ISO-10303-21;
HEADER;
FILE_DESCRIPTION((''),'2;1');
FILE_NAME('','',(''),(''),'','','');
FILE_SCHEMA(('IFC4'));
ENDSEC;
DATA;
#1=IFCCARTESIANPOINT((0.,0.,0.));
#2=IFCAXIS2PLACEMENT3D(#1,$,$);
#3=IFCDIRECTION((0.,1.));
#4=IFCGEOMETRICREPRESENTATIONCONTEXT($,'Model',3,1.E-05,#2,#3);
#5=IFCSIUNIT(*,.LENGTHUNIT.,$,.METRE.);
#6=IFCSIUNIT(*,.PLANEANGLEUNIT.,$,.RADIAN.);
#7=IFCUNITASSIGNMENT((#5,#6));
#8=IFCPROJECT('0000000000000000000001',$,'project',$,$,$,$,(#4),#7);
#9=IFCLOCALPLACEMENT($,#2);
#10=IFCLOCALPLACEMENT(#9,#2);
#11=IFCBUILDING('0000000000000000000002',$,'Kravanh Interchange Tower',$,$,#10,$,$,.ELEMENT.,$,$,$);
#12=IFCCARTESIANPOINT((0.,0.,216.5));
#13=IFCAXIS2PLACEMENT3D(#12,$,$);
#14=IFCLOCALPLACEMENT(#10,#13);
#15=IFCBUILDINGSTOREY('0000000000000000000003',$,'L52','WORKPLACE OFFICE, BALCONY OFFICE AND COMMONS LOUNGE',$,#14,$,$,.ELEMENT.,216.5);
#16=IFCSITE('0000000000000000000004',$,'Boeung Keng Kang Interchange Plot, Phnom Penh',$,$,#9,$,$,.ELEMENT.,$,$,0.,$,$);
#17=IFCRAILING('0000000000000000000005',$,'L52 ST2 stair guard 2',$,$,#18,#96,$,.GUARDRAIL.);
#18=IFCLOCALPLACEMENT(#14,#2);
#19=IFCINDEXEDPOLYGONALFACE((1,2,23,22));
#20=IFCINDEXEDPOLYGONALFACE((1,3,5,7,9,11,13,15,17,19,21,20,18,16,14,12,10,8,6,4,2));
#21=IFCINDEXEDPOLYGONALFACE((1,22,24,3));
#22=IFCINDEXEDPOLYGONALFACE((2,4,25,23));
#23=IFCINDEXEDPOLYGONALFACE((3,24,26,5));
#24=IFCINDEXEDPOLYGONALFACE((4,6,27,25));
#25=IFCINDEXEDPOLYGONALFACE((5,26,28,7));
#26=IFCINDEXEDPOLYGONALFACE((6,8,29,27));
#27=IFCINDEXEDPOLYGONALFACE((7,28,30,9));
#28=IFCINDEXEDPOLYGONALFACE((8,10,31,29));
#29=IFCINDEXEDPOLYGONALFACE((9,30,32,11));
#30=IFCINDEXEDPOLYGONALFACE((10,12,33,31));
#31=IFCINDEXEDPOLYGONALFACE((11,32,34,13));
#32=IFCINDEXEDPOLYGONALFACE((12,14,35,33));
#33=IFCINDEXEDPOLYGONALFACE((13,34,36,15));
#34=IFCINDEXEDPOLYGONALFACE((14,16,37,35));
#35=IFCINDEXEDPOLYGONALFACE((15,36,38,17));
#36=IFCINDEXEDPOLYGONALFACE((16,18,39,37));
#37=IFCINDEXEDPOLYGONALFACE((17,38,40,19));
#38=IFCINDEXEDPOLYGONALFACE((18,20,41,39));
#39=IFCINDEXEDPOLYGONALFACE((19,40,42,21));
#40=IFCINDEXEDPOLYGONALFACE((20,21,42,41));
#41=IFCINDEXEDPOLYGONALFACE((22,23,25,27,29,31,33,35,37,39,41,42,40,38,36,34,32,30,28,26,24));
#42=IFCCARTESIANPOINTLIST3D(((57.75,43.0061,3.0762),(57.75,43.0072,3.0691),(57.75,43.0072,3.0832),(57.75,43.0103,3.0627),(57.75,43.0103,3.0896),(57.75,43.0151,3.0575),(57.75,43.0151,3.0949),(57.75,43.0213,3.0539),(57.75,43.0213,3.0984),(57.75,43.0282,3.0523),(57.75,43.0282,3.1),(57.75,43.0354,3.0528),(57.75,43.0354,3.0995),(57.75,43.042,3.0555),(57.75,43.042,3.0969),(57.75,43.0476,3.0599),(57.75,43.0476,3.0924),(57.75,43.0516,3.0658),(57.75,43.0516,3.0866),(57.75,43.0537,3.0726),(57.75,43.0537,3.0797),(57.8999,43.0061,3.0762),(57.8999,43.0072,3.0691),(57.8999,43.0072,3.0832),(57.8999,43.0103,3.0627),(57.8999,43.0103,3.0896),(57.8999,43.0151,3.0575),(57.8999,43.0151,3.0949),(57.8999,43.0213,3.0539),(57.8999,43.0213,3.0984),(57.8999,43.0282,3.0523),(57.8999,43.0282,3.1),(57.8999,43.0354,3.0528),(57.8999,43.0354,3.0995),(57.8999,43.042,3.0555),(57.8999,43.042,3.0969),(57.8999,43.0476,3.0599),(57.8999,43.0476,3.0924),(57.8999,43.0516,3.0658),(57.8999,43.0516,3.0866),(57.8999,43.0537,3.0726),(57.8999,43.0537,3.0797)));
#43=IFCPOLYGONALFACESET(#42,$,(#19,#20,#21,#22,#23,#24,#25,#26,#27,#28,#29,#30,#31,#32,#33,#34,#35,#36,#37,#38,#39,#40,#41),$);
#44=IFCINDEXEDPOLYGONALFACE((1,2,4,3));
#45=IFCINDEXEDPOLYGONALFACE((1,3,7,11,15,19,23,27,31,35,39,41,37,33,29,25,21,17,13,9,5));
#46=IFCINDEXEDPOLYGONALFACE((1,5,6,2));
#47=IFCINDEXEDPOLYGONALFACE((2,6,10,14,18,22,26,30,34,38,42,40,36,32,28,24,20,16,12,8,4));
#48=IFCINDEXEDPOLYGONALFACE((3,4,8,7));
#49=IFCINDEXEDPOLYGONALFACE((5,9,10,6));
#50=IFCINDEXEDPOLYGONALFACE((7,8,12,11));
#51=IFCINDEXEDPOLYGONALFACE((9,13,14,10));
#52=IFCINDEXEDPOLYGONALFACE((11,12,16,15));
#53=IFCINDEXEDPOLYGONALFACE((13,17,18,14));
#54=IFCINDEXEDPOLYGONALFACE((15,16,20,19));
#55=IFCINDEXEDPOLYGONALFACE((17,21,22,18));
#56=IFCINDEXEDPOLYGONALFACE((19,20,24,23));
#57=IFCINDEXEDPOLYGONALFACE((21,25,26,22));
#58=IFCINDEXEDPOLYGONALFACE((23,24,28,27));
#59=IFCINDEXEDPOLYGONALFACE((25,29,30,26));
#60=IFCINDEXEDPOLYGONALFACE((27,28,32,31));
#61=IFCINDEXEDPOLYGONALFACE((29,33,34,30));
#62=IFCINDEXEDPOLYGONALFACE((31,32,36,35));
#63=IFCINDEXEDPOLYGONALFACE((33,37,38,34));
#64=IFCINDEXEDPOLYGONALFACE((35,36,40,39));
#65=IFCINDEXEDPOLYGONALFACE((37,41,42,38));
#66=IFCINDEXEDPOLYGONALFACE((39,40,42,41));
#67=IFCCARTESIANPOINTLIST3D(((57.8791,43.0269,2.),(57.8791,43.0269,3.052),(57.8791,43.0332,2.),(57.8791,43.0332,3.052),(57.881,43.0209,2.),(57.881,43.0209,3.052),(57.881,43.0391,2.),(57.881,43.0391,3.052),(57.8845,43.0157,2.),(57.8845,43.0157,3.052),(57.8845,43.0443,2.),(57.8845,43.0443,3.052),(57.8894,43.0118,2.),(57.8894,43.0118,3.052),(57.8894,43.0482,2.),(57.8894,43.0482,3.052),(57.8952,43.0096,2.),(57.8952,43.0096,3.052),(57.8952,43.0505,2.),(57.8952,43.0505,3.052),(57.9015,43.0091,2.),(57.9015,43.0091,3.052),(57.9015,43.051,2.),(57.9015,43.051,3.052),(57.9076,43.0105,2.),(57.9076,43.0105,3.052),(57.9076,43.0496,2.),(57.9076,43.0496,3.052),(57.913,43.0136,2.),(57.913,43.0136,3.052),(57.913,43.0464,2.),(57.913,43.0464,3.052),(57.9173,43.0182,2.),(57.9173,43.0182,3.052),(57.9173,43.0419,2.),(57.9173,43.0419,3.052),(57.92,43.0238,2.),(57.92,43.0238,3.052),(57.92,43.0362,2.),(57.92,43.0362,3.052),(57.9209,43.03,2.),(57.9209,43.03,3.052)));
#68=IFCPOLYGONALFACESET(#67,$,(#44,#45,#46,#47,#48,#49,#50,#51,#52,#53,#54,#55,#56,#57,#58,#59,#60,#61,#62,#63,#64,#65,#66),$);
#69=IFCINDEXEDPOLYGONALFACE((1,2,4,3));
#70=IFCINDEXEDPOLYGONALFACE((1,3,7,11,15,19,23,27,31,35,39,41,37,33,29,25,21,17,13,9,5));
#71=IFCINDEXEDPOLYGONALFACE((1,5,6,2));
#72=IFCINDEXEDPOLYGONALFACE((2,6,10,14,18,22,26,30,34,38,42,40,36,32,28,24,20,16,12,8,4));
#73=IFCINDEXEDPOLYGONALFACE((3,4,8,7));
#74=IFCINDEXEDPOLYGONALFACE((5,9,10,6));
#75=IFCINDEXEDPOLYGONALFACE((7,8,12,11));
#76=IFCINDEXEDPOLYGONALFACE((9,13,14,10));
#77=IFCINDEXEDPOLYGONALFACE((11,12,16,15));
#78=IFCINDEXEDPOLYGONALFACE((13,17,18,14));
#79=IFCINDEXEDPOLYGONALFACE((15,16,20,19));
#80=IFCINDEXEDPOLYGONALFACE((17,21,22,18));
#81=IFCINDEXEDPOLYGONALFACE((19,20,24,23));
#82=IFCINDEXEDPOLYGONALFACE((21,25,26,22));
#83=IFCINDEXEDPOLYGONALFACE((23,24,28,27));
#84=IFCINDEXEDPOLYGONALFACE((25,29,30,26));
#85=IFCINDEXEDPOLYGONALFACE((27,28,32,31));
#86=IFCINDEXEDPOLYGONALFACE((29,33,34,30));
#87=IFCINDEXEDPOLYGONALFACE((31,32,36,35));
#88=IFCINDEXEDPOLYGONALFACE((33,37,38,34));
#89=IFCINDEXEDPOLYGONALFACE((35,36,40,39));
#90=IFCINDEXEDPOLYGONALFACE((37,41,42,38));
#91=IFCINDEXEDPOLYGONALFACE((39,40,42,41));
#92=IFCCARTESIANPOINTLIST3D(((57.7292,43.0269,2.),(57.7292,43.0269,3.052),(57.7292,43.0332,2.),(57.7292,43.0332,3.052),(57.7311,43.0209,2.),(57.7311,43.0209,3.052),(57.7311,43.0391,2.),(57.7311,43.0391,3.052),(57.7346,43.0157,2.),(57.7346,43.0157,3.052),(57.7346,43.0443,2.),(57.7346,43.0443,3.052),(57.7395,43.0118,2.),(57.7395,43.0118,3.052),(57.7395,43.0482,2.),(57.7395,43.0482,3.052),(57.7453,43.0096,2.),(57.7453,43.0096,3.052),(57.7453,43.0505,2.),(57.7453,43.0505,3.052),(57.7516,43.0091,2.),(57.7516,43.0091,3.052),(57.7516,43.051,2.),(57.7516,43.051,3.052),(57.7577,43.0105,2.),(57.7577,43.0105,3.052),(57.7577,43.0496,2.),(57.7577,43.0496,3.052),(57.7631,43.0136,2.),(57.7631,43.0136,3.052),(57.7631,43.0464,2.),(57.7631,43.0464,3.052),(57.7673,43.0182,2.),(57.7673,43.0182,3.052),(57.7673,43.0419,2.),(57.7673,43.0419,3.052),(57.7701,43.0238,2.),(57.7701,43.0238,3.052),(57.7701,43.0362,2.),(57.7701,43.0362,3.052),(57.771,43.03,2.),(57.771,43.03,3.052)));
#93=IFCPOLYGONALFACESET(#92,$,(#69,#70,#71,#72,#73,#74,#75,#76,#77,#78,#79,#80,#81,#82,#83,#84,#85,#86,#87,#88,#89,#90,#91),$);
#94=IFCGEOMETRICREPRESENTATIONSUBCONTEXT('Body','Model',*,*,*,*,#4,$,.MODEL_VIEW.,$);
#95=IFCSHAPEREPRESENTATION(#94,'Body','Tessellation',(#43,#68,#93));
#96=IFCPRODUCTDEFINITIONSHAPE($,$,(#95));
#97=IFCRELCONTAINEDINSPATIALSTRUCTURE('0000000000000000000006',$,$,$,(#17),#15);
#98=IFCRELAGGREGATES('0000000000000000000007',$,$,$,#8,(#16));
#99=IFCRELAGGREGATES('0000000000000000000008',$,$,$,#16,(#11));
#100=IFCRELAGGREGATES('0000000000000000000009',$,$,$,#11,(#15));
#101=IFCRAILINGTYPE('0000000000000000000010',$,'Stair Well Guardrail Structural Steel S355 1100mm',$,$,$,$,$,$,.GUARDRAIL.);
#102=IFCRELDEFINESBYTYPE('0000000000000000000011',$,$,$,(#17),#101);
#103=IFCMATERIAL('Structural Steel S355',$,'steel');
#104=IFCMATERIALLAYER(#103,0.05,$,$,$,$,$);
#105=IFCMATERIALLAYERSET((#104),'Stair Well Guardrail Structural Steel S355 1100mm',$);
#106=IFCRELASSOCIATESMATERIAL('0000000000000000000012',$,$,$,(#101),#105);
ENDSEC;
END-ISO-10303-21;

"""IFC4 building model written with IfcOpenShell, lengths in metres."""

from ifc_helpers import new_model, si_unit, direction, frame, origin, origin_2d, place, context, subcontext, project, spatial, circle, extrude, material, layer, layer_set, type_object, element, save


model = new_model("IFC4")

# Units and contexts
model_context = context("Model", 3, precision=1e-05, world=origin(), true_north=direction((0.0, 1.0)))
body_context = subcontext(model_context, "Body", "Model", "MODEL_VIEW")
ifc_project = project(units=[si_unit("LENGTHUNIT", "METRE"), si_unit("PLANEANGLEUNIT", "RADIAN")], contexts=[model_context])

# Site, building, storey
site_placement = place(None, origin())
site = spatial("IfcSite", under=ifc_project, at=site_placement, Name="Boeung Keng Kang Interchange Plot, Phnom Penh", CompositionType="ELEMENT", RefElevation=0.0)
building_placement = place(site_placement, origin())
building = spatial("IfcBuilding", under=site, at=building_placement, Name="Kravanh Interchange Tower", CompositionType="ELEMENT")
storey_placement = place(building_placement, frame((0.0, 0.0, 216.5)))
storey = spatial("IfcBuildingStorey", under=building, at=storey_placement, Name="L52", Description="WORKPLACE OFFICE, BALCONY OFFICE AND COMMONS LOUNGE", CompositionType="ELEMENT", Elevation=216.5)

# Railing
ifc_material_1 = material(Name="Structural Steel S355", Category="steel")
ifc_layer_1 = layer(ifc_material_1, 0.05)
ifc_layer_set_1 = layer_set([ifc_layer_1], Name="Stair Well Guardrail Structural Steel S355 1100mm")
railing_type_1 = type_object("IfcRailingType", Name="Stair Well Guardrail Structural Steel S355 1100mm", PredefinedType="GUARDRAIL", material=ifc_layer_set_1)
railing_1_placement = place(storey_placement, frame((57.8999, 43.03, 2.0)))
element("IfcRailing", 1, at=railing_1_placement, inside=storey, type_object=railing_type_1, Name="L52 ST2 stair guard 2", PredefinedType="GUARDRAIL", context=body_context, shape_type="SweptSolid", body=[
    extrude(circle(Radius=0.0239, at=origin_2d()), frame((0.0, 0.0, 1.0762), z_axis=(-1.0, 0.0, 0.0), x_axis=(0.0, -1.0, 0.0)), (0.0, 0.0, 1.0), 0.1499),
    extrude(circle(Radius=0.021, at=origin_2d()), origin(), (0.0, 0.0, 1.0), 1.052),
    extrude(circle(Radius=0.021, at=origin_2d()), frame((-0.1499, 0.0, 0.0)), (0.0, 0.0, 1.0), 1.052),
])

save(model, "model.ifc")
